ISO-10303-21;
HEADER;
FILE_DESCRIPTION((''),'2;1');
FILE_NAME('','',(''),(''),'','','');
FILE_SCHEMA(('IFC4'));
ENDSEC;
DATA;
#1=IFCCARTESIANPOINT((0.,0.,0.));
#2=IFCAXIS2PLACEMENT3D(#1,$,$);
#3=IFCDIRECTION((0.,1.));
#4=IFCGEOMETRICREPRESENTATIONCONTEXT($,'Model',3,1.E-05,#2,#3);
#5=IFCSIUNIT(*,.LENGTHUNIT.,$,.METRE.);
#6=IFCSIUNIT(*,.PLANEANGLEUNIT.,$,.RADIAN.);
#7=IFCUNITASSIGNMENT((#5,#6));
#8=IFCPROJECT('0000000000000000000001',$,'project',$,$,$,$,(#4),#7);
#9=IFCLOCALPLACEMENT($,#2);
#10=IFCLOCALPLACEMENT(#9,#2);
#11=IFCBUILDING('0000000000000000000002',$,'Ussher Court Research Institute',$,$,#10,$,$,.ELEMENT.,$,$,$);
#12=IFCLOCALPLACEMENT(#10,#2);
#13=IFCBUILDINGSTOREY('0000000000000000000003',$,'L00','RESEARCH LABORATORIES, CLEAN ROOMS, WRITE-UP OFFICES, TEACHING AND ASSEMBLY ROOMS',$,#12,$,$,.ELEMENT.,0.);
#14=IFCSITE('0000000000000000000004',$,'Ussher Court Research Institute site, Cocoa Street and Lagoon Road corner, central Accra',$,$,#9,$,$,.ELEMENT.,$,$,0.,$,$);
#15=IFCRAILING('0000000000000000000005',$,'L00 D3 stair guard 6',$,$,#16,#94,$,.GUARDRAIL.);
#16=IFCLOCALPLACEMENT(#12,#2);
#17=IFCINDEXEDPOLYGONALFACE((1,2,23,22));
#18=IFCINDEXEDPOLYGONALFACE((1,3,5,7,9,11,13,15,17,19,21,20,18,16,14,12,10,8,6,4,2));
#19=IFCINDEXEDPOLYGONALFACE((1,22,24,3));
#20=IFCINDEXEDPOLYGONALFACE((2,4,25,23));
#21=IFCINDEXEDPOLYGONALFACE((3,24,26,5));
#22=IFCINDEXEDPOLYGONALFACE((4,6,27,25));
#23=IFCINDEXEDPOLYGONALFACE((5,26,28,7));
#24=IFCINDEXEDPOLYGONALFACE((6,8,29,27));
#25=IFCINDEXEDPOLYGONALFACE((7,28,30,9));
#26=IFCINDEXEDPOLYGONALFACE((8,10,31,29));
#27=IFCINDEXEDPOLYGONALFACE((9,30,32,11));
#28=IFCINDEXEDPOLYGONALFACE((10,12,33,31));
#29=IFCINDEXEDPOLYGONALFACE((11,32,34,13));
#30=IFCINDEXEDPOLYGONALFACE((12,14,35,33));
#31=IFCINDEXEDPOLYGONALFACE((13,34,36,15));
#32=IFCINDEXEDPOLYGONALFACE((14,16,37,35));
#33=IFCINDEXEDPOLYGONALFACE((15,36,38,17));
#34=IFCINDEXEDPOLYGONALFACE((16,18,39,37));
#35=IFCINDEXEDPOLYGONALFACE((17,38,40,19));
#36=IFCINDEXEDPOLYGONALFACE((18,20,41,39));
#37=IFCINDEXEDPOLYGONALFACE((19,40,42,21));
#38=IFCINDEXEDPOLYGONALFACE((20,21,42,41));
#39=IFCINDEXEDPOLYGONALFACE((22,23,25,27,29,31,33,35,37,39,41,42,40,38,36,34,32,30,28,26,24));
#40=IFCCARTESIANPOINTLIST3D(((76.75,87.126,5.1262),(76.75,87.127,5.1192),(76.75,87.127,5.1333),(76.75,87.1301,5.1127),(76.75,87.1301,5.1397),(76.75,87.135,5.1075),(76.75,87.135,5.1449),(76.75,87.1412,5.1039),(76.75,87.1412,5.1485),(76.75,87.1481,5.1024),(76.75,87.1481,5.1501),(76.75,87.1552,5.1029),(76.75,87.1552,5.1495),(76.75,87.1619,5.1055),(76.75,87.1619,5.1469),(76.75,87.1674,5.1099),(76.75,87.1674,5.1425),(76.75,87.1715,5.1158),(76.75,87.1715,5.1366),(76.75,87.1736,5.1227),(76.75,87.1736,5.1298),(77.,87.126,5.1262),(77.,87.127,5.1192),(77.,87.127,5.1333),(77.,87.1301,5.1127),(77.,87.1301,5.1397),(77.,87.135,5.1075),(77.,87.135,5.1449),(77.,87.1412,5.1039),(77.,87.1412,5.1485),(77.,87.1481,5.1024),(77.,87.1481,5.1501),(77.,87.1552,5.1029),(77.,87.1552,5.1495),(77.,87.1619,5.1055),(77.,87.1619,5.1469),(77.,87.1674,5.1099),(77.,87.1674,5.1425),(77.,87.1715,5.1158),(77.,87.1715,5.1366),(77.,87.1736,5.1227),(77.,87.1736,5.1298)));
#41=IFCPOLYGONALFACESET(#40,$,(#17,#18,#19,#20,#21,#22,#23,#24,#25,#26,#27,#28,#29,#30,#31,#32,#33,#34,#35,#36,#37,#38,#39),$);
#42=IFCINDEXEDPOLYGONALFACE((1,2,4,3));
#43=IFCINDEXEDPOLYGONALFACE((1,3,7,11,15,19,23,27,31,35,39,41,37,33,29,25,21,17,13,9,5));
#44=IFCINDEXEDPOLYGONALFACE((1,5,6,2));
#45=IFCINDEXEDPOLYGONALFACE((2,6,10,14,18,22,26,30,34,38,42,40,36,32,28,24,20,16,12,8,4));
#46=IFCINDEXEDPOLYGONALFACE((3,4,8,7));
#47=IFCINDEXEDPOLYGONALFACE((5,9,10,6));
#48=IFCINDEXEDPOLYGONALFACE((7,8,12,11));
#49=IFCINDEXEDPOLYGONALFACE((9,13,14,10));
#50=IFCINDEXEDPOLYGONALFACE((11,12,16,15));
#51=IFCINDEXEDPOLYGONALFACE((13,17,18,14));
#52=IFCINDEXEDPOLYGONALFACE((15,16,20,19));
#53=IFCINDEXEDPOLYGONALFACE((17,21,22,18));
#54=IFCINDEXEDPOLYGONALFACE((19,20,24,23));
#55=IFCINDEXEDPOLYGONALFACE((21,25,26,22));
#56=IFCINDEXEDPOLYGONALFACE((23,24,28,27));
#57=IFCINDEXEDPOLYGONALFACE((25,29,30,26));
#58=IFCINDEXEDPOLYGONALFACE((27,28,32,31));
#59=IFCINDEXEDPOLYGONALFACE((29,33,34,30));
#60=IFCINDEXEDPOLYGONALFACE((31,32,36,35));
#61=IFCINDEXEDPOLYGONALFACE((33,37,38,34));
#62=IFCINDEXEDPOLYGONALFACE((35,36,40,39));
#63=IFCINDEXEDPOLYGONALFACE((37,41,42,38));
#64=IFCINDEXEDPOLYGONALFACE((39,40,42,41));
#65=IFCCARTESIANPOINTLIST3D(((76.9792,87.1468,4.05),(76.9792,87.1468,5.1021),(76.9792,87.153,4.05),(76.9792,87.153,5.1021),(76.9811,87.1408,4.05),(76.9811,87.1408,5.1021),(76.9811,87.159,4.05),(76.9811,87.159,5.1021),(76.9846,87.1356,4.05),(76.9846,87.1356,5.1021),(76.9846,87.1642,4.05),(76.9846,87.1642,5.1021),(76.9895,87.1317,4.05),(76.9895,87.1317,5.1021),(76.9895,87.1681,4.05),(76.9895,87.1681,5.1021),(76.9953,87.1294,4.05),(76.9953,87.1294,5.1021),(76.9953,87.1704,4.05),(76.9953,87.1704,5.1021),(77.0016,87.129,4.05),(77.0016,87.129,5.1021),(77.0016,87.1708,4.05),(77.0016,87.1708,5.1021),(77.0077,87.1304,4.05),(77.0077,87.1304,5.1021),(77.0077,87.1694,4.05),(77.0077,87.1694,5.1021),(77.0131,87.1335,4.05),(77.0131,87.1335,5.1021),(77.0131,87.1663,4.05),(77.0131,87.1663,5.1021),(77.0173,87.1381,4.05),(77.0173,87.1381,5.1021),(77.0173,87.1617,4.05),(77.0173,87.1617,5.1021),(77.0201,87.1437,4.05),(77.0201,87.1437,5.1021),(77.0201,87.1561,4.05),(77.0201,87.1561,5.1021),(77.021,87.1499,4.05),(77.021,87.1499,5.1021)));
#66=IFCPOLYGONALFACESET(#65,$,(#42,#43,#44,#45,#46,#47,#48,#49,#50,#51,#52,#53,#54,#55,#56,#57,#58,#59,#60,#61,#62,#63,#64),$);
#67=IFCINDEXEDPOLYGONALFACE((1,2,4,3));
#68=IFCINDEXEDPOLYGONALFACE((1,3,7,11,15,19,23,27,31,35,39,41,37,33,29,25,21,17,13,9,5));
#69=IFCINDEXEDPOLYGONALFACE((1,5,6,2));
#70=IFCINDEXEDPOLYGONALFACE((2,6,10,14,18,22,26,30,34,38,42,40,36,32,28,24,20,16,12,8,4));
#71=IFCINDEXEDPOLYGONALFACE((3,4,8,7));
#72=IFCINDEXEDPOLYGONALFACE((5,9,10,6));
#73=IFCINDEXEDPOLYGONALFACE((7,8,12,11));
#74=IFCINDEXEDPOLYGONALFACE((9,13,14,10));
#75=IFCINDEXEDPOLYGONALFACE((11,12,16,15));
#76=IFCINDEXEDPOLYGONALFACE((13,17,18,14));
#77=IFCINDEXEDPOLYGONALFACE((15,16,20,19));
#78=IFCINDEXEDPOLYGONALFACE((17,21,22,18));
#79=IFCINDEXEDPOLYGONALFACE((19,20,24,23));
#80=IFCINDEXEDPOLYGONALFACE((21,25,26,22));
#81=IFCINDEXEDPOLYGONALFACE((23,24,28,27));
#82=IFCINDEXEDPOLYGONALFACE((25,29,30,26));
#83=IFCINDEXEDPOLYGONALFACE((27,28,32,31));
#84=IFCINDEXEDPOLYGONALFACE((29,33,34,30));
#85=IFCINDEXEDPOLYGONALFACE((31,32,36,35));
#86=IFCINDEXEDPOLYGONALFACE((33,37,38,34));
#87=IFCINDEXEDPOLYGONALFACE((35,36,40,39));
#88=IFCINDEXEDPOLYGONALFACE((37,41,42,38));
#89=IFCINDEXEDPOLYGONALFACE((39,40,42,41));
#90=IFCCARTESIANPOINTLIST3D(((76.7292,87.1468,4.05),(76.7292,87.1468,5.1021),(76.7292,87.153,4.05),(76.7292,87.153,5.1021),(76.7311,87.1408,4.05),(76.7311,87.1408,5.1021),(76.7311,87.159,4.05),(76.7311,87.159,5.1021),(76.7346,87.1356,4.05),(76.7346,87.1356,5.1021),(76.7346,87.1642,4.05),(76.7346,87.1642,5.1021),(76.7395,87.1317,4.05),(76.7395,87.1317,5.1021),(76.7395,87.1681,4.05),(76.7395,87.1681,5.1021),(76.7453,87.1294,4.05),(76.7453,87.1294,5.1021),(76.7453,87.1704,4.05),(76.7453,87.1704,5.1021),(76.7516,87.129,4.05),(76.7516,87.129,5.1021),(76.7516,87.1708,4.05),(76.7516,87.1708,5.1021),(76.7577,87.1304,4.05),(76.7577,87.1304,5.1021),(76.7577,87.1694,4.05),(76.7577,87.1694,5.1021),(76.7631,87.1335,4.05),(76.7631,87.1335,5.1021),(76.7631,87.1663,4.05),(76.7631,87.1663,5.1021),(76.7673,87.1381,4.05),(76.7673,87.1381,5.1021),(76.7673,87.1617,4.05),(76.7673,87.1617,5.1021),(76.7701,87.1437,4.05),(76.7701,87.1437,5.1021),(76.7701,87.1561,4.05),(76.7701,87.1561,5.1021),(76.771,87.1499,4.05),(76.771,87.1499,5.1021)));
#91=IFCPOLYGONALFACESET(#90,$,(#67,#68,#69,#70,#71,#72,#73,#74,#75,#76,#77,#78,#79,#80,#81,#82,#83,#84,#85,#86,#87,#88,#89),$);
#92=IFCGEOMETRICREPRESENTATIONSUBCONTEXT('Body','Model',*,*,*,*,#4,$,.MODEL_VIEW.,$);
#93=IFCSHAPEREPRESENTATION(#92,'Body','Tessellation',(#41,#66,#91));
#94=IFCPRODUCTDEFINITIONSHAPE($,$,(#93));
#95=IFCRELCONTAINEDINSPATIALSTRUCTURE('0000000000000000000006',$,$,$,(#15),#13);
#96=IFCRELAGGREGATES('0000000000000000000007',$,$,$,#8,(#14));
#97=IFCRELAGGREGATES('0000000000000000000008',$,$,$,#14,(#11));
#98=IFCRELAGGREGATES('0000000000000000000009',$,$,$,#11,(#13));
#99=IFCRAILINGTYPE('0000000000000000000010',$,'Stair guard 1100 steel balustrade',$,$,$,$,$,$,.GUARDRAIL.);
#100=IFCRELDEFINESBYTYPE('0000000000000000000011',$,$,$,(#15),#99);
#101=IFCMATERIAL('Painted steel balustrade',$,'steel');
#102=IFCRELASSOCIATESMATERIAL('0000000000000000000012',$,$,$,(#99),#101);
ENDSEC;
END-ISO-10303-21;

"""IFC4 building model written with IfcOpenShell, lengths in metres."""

from ifc_helpers import new_model, si_unit, direction, frame, origin, origin_2d, place, context, subcontext, project, spatial, circle, extrude, material, type_object, element, save


model = new_model("IFC4")

# Units and contexts
model_context = context("Model", 3, precision=1e-05, world=origin(), true_north=direction((0.0, 1.0)))
body_context = subcontext(model_context, "Body", "Model", "MODEL_VIEW")
ifc_project = project(units=[si_unit("LENGTHUNIT", "METRE"), si_unit("PLANEANGLEUNIT", "RADIAN")], contexts=[model_context])

# Site, building, storey
site_placement = place(None, origin())
site = spatial("IfcSite", under=ifc_project, at=site_placement, Name="Ussher Court Research Institute site, Cocoa Street and Lagoon Road corner, central Accra", CompositionType="ELEMENT", RefElevation=0.0)
building_placement = place(site_placement, origin())
building = spatial("IfcBuilding", under=site, at=building_placement, Name="Ussher Court Research Institute", CompositionType="ELEMENT")
storey_placement = place(building_placement, origin())
storey = spatial("IfcBuildingStorey", under=building, at=storey_placement, Name="L00", Description="RESEARCH LABORATORIES, CLEAN ROOMS, WRITE-UP OFFICES, TEACHING AND ASSEMBLY ROOMS", CompositionType="ELEMENT", Elevation=0.0)

# Railing
ifc_material_1 = material(Name="Painted steel balustrade", Category="steel")
railing_type = type_object("IfcRailingType", Name="Stair guard 1100 steel balustrade", PredefinedType="GUARDRAIL", material=ifc_material_1)
railing_1_placement = place(storey_placement, frame((77.0, 87.1499, 4.05)))
element("IfcRailing", 1, at=railing_1_placement, inside=storey, type_object=railing_type, Name="L00 D3 stair guard 6", PredefinedType="GUARDRAIL", context=body_context, shape_type="SweptSolid", body=[
    extrude(circle(Radius=0.0239, at=origin_2d()), frame((0.0, 0.0, 1.0762), z_axis=(-1.0, 0.0, 0.0), x_axis=(0.0, -1.0, 0.0)), (0.0, 0.0, 1.0), 0.25),
    extrude(circle(Radius=0.021, at=origin_2d()), origin(), (0.0, 0.0, 1.0), 1.052),
    extrude(circle(Radius=0.021, at=origin_2d()), frame((-0.25, 0.0, 0.0)), (0.0, 0.0, 1.0), 1.052),
])

save(model, "model.ifc")
